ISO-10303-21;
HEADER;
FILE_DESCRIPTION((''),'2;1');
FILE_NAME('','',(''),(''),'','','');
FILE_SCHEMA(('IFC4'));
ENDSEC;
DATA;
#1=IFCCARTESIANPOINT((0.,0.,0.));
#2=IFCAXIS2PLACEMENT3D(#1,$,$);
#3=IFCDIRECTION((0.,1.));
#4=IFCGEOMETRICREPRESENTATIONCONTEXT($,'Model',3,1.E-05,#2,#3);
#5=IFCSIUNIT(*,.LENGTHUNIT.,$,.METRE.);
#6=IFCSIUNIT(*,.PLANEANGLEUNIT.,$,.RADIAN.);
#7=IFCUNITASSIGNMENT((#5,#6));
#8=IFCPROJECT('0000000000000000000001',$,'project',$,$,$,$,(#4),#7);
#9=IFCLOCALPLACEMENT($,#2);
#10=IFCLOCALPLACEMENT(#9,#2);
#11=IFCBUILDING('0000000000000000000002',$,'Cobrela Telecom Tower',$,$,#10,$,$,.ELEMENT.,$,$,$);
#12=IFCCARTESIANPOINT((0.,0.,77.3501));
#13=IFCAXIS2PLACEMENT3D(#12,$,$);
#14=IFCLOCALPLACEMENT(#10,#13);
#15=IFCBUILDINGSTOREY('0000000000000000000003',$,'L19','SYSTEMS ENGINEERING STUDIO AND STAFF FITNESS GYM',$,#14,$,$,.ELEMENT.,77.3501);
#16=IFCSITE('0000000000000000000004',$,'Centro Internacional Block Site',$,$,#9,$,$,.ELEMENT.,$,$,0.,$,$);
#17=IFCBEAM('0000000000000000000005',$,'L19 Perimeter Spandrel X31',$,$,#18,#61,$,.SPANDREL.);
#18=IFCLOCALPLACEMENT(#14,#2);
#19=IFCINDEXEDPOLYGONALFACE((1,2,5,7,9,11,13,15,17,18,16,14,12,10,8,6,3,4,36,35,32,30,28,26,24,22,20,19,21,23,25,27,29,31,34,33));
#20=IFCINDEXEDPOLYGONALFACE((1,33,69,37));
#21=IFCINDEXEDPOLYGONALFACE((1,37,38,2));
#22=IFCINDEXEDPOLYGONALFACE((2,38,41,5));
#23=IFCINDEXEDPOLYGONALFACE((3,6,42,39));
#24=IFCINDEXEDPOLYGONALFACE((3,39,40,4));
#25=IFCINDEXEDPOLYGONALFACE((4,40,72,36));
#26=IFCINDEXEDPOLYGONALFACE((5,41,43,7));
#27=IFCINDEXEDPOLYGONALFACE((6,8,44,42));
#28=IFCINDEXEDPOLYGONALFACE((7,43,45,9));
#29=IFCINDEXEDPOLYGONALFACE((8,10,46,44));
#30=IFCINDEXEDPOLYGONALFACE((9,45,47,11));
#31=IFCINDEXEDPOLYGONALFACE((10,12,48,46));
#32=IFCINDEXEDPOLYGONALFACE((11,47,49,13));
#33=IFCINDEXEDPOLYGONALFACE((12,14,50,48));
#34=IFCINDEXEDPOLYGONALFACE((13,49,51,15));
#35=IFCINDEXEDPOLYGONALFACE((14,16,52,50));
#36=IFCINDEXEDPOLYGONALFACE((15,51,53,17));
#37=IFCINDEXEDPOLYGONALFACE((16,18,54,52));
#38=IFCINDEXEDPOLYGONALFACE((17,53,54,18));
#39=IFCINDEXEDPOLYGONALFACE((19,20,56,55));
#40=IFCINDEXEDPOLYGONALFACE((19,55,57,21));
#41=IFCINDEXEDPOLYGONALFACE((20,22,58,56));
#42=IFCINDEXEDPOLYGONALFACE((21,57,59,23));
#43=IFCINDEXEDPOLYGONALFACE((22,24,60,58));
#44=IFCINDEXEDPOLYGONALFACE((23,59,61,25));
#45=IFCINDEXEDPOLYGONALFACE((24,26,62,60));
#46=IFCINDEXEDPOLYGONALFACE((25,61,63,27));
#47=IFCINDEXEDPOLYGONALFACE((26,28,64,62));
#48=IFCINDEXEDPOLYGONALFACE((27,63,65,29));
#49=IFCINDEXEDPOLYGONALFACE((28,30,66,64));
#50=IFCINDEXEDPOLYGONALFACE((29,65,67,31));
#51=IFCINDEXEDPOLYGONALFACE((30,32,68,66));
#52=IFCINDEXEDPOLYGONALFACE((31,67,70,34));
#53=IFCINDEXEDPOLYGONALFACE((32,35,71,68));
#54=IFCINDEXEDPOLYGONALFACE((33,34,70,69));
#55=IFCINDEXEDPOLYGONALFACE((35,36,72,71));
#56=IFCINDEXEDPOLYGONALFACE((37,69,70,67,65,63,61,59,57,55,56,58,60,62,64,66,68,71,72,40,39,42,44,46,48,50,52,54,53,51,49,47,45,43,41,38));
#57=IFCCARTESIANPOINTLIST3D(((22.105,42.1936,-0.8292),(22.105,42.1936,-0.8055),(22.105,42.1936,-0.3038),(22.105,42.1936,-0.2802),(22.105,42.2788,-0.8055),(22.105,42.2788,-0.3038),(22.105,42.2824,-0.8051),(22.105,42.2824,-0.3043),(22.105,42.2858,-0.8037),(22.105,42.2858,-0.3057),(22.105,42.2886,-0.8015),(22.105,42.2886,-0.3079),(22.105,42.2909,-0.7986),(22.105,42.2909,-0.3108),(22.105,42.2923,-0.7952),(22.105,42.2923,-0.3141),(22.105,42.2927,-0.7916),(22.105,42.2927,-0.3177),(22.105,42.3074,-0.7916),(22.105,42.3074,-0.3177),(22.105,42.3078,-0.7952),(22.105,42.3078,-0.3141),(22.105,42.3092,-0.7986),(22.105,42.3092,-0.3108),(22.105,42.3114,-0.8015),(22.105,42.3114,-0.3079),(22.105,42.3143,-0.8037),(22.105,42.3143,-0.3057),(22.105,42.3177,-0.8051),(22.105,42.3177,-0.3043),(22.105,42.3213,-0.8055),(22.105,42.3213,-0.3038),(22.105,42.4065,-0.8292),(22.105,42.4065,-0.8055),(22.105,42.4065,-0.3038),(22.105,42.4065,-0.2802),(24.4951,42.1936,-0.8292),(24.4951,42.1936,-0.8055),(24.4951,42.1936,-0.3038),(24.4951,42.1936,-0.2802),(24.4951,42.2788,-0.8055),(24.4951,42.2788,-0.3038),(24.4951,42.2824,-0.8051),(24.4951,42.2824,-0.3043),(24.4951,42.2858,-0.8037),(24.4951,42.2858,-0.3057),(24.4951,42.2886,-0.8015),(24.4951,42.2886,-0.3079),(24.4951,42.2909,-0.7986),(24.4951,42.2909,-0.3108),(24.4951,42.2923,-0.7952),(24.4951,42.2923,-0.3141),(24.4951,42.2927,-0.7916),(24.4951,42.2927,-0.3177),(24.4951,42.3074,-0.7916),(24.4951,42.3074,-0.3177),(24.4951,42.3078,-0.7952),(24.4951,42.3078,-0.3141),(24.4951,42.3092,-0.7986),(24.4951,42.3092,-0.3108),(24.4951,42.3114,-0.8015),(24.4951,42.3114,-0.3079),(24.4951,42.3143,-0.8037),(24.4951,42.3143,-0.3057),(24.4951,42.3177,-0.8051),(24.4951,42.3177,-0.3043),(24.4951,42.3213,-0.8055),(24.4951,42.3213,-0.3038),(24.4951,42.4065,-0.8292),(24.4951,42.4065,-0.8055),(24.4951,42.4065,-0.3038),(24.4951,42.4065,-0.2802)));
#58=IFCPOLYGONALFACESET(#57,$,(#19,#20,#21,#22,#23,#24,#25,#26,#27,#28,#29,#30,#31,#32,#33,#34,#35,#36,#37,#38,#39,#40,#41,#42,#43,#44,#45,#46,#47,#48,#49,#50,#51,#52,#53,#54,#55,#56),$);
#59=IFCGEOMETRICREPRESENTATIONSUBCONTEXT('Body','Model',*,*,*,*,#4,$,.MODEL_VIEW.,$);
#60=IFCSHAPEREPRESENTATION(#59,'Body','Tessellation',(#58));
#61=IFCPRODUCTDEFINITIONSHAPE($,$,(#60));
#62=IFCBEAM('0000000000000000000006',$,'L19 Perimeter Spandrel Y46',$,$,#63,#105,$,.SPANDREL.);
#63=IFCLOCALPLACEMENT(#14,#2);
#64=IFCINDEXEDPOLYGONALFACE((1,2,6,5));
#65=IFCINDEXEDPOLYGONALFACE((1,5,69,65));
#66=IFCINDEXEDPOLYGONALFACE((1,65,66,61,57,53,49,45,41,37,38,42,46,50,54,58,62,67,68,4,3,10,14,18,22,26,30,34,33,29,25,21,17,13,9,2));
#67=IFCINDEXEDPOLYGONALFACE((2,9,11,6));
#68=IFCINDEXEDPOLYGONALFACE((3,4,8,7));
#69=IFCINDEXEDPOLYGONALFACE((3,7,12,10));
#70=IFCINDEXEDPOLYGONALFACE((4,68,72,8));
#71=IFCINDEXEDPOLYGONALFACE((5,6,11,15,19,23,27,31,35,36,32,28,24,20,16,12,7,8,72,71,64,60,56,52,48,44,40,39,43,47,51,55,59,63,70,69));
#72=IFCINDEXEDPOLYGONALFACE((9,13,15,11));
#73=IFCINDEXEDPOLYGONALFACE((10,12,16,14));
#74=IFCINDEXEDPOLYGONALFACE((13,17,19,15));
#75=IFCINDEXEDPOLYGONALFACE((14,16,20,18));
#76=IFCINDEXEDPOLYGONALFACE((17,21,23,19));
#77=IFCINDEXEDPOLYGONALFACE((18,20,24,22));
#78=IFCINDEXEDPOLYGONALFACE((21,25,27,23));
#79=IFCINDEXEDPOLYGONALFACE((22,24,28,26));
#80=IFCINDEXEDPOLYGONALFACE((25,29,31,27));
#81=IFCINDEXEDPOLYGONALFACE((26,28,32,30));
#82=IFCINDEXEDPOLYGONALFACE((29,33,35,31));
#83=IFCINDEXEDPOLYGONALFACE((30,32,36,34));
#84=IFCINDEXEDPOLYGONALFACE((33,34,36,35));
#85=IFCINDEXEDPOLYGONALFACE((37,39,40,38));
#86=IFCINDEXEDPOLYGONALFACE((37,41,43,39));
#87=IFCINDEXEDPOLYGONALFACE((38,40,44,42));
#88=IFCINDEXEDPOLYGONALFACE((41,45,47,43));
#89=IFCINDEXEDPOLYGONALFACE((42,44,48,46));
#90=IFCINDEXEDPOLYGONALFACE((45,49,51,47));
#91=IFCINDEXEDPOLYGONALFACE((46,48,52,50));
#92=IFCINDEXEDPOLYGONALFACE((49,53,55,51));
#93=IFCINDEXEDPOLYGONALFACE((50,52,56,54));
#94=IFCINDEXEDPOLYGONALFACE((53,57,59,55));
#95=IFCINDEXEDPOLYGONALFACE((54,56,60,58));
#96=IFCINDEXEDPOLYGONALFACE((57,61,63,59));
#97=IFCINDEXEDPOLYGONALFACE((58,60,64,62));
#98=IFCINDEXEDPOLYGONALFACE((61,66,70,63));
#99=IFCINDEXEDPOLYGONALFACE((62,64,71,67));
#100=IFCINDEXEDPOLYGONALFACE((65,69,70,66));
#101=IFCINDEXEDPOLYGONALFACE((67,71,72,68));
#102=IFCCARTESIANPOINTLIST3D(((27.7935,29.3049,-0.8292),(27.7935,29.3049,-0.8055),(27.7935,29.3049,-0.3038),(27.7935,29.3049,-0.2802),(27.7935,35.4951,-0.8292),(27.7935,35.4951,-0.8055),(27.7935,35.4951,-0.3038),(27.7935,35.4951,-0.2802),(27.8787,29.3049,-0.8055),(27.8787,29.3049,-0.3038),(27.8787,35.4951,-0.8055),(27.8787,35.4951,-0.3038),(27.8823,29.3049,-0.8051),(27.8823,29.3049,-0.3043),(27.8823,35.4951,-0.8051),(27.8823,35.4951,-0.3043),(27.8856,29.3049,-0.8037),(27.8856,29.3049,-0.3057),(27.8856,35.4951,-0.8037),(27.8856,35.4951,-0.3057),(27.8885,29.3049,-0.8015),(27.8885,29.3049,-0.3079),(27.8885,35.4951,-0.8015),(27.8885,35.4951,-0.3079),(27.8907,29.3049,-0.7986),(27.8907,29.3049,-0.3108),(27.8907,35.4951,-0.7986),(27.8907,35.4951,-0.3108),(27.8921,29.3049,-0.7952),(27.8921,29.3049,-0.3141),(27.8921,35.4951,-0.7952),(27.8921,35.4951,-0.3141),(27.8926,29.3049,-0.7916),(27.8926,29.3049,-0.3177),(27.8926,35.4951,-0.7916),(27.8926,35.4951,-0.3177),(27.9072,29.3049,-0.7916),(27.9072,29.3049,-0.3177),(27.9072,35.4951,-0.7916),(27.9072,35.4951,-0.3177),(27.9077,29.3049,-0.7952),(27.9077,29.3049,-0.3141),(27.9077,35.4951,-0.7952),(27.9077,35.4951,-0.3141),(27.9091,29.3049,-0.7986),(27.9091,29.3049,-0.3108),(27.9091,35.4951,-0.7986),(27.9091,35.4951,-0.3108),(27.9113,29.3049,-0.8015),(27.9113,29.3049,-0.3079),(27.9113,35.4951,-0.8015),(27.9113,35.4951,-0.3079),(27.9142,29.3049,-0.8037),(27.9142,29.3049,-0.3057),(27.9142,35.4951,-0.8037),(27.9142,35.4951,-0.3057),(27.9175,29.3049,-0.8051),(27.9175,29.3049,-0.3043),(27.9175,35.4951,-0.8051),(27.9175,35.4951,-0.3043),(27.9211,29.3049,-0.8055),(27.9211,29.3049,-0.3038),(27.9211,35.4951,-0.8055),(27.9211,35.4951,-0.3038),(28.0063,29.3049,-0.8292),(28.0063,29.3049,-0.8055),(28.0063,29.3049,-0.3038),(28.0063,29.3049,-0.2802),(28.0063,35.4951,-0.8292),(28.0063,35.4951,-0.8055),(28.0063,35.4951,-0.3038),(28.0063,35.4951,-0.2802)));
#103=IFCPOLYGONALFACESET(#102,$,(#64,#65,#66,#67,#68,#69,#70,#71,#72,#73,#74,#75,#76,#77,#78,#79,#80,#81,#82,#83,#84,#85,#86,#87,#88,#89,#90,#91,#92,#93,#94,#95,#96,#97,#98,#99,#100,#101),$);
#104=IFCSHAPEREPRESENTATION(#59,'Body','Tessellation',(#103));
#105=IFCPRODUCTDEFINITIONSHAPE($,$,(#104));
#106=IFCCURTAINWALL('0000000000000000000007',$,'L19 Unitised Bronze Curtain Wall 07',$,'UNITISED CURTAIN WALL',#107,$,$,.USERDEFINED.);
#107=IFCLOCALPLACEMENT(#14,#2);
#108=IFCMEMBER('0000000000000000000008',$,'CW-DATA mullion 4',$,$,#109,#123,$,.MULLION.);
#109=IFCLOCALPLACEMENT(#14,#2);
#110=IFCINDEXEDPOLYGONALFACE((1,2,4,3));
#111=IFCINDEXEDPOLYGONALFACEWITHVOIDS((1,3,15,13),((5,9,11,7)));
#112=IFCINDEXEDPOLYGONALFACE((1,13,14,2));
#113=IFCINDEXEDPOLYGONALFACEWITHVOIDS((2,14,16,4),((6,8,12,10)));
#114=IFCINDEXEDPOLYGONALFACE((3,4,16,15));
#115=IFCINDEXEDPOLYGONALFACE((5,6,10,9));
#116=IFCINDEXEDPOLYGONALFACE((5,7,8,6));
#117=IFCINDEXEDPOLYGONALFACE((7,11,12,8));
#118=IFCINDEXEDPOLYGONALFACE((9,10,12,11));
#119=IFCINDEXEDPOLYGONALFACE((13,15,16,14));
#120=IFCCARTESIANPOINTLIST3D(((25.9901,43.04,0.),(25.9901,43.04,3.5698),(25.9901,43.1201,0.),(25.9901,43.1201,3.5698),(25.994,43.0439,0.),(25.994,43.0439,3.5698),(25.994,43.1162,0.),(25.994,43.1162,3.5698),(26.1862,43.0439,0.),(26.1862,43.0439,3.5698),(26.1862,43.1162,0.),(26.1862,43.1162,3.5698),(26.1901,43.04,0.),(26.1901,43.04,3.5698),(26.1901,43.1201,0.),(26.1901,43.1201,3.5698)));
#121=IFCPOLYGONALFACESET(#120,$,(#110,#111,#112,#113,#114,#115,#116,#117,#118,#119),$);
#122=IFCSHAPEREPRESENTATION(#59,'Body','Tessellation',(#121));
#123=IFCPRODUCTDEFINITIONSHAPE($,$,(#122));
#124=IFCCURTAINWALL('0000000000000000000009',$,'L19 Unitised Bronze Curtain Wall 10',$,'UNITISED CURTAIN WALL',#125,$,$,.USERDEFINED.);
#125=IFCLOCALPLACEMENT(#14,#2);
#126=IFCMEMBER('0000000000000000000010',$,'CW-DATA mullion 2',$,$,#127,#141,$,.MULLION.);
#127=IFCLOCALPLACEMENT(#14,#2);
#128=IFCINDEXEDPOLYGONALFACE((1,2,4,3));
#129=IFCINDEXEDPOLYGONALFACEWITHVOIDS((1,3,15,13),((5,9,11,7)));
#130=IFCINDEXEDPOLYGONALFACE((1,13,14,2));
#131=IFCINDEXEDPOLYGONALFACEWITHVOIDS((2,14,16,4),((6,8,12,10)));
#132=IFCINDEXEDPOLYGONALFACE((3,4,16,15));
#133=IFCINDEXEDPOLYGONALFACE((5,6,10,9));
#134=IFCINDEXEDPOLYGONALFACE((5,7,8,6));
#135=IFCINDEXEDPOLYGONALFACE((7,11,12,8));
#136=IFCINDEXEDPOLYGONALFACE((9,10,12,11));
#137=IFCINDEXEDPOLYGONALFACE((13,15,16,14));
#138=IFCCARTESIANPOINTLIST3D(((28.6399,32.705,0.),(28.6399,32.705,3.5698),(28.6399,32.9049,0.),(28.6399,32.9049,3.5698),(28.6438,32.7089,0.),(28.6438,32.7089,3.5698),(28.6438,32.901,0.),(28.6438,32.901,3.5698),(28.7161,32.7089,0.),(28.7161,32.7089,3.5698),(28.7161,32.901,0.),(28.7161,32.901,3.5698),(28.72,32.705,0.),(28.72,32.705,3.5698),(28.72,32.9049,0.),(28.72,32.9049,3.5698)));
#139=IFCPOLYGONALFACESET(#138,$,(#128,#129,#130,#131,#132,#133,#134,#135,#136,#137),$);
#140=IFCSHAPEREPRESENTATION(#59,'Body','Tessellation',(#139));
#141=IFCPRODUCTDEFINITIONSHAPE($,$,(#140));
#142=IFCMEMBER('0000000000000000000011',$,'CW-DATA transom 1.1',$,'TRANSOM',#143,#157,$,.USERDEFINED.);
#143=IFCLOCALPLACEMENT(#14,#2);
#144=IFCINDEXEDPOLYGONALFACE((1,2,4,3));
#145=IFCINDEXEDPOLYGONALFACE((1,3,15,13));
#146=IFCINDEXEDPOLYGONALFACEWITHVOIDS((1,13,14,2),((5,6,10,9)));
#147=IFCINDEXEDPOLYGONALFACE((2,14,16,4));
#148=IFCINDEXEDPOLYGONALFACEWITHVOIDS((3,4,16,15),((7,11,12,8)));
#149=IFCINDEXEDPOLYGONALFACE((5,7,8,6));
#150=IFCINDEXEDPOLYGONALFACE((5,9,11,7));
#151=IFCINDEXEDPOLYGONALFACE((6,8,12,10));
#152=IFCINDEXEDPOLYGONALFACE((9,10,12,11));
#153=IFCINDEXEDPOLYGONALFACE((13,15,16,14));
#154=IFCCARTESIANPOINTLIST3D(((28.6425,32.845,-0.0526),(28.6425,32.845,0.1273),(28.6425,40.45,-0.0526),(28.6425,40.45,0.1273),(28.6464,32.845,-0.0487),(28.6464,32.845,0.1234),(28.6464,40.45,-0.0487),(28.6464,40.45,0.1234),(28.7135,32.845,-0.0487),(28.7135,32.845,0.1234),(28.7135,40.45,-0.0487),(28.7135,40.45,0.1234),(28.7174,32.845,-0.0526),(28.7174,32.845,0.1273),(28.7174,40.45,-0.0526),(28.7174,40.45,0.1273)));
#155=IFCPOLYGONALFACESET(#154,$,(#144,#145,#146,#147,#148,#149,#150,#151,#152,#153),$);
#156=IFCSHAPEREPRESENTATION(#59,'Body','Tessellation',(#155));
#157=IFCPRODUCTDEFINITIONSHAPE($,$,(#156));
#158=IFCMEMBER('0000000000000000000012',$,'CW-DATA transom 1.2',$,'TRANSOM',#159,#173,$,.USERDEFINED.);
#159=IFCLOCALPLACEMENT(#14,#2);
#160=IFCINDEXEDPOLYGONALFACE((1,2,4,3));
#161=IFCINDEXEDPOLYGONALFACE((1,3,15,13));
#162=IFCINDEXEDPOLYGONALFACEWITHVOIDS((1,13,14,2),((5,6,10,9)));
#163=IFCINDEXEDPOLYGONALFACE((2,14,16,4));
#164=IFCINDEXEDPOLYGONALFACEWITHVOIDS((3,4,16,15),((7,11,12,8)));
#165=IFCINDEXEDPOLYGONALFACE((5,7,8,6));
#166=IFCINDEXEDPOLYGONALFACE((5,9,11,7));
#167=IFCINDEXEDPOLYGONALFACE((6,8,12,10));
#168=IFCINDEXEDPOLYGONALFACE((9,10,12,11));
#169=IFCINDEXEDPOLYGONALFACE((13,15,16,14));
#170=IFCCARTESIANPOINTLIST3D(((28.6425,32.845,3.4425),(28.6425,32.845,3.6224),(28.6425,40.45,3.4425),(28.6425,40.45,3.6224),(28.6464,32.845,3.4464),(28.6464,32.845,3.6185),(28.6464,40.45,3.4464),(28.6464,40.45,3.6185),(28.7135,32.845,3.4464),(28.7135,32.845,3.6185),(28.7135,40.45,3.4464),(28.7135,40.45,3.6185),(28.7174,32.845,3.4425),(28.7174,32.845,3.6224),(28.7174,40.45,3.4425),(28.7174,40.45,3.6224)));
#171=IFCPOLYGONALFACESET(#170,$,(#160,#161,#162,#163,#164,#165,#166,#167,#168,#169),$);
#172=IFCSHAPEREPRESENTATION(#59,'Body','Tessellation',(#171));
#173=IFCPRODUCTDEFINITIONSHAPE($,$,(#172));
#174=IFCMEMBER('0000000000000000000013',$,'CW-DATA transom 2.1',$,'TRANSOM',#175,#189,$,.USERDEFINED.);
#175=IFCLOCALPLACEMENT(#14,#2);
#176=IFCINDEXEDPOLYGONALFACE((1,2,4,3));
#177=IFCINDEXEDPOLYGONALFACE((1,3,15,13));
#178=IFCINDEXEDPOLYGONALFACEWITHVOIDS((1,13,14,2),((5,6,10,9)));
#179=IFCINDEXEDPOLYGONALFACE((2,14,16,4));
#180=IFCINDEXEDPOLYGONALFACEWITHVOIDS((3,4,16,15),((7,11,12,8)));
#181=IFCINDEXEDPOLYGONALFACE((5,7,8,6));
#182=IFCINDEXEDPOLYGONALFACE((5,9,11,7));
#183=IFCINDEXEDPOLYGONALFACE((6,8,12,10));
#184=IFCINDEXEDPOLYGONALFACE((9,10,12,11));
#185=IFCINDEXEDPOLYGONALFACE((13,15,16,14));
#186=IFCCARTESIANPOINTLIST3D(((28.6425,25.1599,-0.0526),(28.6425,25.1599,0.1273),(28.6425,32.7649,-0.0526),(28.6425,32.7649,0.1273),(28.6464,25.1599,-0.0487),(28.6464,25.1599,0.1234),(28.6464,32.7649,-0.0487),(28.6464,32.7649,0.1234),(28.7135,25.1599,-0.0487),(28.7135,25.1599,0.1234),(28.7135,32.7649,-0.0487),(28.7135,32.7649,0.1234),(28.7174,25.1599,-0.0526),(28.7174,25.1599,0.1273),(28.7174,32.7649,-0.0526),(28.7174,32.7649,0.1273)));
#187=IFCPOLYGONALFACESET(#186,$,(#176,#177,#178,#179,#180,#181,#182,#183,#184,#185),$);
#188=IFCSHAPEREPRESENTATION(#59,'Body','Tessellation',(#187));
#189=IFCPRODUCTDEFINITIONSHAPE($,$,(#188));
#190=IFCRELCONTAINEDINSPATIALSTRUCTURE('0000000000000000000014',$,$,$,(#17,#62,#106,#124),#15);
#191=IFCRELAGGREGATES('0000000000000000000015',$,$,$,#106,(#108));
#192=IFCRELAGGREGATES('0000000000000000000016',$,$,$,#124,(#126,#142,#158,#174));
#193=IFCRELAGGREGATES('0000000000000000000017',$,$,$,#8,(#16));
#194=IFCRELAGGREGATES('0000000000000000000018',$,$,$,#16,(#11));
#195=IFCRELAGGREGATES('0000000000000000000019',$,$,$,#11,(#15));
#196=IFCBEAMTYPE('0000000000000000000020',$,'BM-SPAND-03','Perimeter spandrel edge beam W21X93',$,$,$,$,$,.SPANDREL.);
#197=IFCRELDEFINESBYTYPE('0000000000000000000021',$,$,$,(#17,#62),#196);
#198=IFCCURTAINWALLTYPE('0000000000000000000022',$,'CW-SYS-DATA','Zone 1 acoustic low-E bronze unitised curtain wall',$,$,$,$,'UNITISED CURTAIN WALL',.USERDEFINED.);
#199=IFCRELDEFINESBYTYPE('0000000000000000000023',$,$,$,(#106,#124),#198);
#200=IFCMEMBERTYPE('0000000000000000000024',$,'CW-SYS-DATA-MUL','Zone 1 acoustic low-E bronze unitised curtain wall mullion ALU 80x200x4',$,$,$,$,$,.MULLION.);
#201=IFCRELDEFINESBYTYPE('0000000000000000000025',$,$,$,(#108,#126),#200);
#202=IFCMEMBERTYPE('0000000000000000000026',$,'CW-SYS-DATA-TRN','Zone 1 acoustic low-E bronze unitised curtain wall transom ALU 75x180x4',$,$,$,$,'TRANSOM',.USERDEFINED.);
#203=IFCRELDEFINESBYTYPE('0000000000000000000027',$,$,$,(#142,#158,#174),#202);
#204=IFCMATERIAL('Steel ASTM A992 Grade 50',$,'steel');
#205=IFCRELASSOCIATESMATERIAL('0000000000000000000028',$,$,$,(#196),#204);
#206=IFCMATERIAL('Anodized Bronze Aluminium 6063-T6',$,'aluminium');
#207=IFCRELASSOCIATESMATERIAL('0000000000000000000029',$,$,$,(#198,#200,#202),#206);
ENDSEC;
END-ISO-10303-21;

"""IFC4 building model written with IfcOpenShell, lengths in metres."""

from ifc_helpers import new_model, si_unit, direction, frame, origin, origin_2d, place, context, subcontext, project, spatial, hollow_rectangle, i_section, extrude, material, material_profile, profile_set, type_object, element, aggregate, save


model = new_model("IFC4")

# Units and contexts
model_context = context("Model", 3, precision=1e-05, world=origin(), true_north=direction((0.0, 1.0)))
body_context = subcontext(model_context, "Body", "Model", "MODEL_VIEW")
ifc_project = project(units=[si_unit("LENGTHUNIT", "METRE"), si_unit("PLANEANGLEUNIT", "RADIAN")], contexts=[model_context])

# Site, building, storey
site_placement = place(None, origin())
site = spatial("IfcSite", under=ifc_project, at=site_placement, Name="Centro Internacional Block Site", CompositionType="ELEMENT", RefElevation=0.0)
building_placement = place(site_placement, origin())
building = spatial("IfcBuilding", under=site, at=building_placement, Name="Cobrela Telecom Tower", CompositionType="ELEMENT")
storey_placement = place(building_placement, frame((0.0, 0.0, 77.3501)))
storey = spatial("IfcBuildingStorey", under=building, at=storey_placement, Name="L19", Description="SYSTEMS ENGINEERING STUDIO AND STAFF FITNESS GYM", CompositionType="ELEMENT", Elevation=77.3501)

# Shared definitions
ifc_material_1 = material(Name="Steel ASTM A992 Grade 50", Category="steel")

# Beams
ifc_material_profile_1 = material_profile(ifc_material_1, i_section(OverallWidth=0.2129, OverallDepth=0.5491, WebThickness=0.0146, FlangeThickness=0.0237, FilletRadius=0.0139, at=origin_2d()), Name="W21X93")
ifc_profile_set_1 = profile_set([ifc_material_profile_1], Name="Steel ASTM A992 Grade 50")
beam_type_1 = type_object("IfcBeamType", Name="BM-SPAND-03", Description="Perimeter spandrel edge beam W21X93", PredefinedType="SPANDREL", material=ifc_profile_set_1)
beam_1_placement = place(storey_placement, frame((22.105, 42.3, -0.5547), z_axis=(1.0, 0.0, 0.0), x_axis=(0.0, 1.0, 0.0)))
element("IfcBeam", 1, at=beam_1_placement, inside=storey, type_object=beam_type_1, Name="L19 Perimeter Spandrel X31", PredefinedType="SPANDREL", context=body_context, shape_type="SweptSolid", body=[
    extrude(i_section(OverallWidth=0.2129, OverallDepth=0.5491, WebThickness=0.0146, FlangeThickness=0.0237, FilletRadius=0.0139, at=origin_2d()), origin(), (0.0, 0.0, 1.0), 2.3901),
])
beam_2_placement = place(storey_placement, frame((27.8999, 29.3049, -0.5547), z_axis=(0.0, 1.0, 0.0), x_axis=(-1.0, 0.0, 0.0)))
element("IfcBeam", 2, at=beam_2_placement, inside=storey, type_object=beam_type_1, Name="L19 Perimeter Spandrel Y46", PredefinedType="SPANDREL", context=body_context, shape_type="SweptSolid", body=[
    extrude(i_section(OverallWidth=0.2129, OverallDepth=0.5491, WebThickness=0.0146, FlangeThickness=0.0237, FilletRadius=0.0139, at=origin_2d()), origin(), (0.0, 0.0, 1.0), 6.1902),
])

# Curtain wall, member
ifc_material_2 = material(Name="Anodized Bronze Aluminium 6063-T6", Category="aluminium")
curtain_wall_type = type_object("IfcCurtainWallType", Name="CW-SYS-DATA", Description="Zone 1 acoustic low-E bronze unitised curtain wall", ElementType="UNITISED CURTAIN WALL", PredefinedType="USERDEFINED", material=ifc_material_2)
curtain_wall_1_placement = place(storey_placement, origin())
curtain_wall_1 = element("IfcCurtainWall", 3, at=curtain_wall_1_placement, inside=storey, type_object=curtain_wall_type, Name="L19 Unitised Bronze Curtain Wall 07", ObjectType="UNITISED CURTAIN WALL", PredefinedType="USERDEFINED")
ifc_material_profile_2 = material_profile(ifc_material_2, hollow_rectangle(XDim=0.0801, YDim=0.2, WallThickness=0.0039, at=origin_2d()), Name="ALU 80x200x4")
ifc_profile_set_2 = profile_set([ifc_material_profile_2], Name="Anodized Bronze Aluminium 6063-T6")
member_type_1 = type_object("IfcMemberType", Name="CW-SYS-DATA-MUL", Description="Zone 1 acoustic low-E bronze unitised curtain wall mullion ALU 80x200x4", PredefinedType="MULLION", material=ifc_profile_set_2)
member_1_placement = place(storey_placement, frame((26.0901, 43.0801, 0.0), z_axis=(0.0, 0.0, 1.0), x_axis=(0.0, 1.0, 0.0)))
member_1 = element("IfcMember", 4, at=member_1_placement, type_object=member_type_1, Name="CW-DATA mullion 4", PredefinedType="MULLION", context=body_context, shape_type="SweptSolid", body=[
    extrude(hollow_rectangle(XDim=0.0801, YDim=0.2, WallThickness=0.0039, at=origin_2d()), origin(), (0.0, 0.0, 1.0), 3.5698),
])

# Curtain wall, members
curtain_wall_2_placement = place(storey_placement, origin())
curtain_wall_2 = element("IfcCurtainWall", 5, at=curtain_wall_2_placement, inside=storey, type_object=curtain_wall_type, Name="L19 Unitised Bronze Curtain Wall 10", ObjectType="UNITISED CURTAIN WALL", PredefinedType="USERDEFINED")
member_2_placement = place(storey_placement, frame((28.6799, 32.8049, 0.0), z_axis=(0.0, 0.0, 1.0), x_axis=(1.0, 0.0, 0.0)))
member_2 = element("IfcMember", 6, at=member_2_placement, type_object=member_type_1, Name="CW-DATA mullion 2", PredefinedType="MULLION", context=body_context, shape_type="SweptSolid", body=[
    extrude(hollow_rectangle(XDim=0.0801, YDim=0.2, WallThickness=0.0039, at=origin_2d()), origin(), (0.0, 0.0, 1.0), 3.5698),
])
ifc_material_profile_3 = material_profile(ifc_material_2, hollow_rectangle(XDim=0.075, YDim=0.1799, WallThickness=0.0039, at=origin_2d()), Name="ALU 75x180x4")
ifc_profile_set_3 = profile_set([ifc_material_profile_3], Name="Anodized Bronze Aluminium 6063-T6")
member_type_2 = type_object("IfcMemberType", Name="CW-SYS-DATA-TRN", Description="Zone 1 acoustic low-E bronze unitised curtain wall transom ALU 75x180x4", ElementType="TRANSOM", PredefinedType="USERDEFINED", material=ifc_profile_set_3)
member_3_placement = place(storey_placement, frame((28.6799, 40.45, 0.0374), z_axis=(0.0, -1.0, 0.0), x_axis=(1.0, 0.0, 0.0)))
member_3 = element("IfcMember", 7, at=member_3_placement, type_object=member_type_2, Name="CW-DATA transom 1.1", ObjectType="TRANSOM", PredefinedType="USERDEFINED", context=body_context, shape_type="SweptSolid", body=[
    extrude(hollow_rectangle(XDim=0.075, YDim=0.1799, WallThickness=0.0039, at=origin_2d()), origin(), (0.0, 0.0, 1.0), 7.605),
])
member_4_placement = place(storey_placement, frame((28.6799, 40.45, 3.5325), z_axis=(0.0, -1.0, 0.0), x_axis=(1.0, 0.0, 0.0)))
member_4 = element("IfcMember", 8, at=member_4_placement, type_object=member_type_2, Name="CW-DATA transom 1.2", ObjectType="TRANSOM", PredefinedType="USERDEFINED", context=body_context, shape_type="SweptSolid", body=[
    extrude(hollow_rectangle(XDim=0.075, YDim=0.1799, WallThickness=0.0039, at=origin_2d()), origin(), (0.0, 0.0, 1.0), 7.605),
])
member_5_placement = place(storey_placement, frame((28.6799, 32.7649, 0.0374), z_axis=(0.0, -1.0, 0.0), x_axis=(1.0, 0.0, 0.0)))
member_5 = element("IfcMember", 9, at=member_5_placement, type_object=member_type_2, Name="CW-DATA transom 2.1", ObjectType="TRANSOM", PredefinedType="USERDEFINED", context=body_context, shape_type="SweptSolid", body=[
    extrude(hollow_rectangle(XDim=0.075, YDim=0.1799, WallThickness=0.0039, at=origin_2d()), origin(), (0.0, 0.0, 1.0), 7.605),
])

aggregate(curtain_wall_1, [member_1])
aggregate(curtain_wall_2, [member_2, member_3, member_4, member_5])

save(model, "model.ifc")
